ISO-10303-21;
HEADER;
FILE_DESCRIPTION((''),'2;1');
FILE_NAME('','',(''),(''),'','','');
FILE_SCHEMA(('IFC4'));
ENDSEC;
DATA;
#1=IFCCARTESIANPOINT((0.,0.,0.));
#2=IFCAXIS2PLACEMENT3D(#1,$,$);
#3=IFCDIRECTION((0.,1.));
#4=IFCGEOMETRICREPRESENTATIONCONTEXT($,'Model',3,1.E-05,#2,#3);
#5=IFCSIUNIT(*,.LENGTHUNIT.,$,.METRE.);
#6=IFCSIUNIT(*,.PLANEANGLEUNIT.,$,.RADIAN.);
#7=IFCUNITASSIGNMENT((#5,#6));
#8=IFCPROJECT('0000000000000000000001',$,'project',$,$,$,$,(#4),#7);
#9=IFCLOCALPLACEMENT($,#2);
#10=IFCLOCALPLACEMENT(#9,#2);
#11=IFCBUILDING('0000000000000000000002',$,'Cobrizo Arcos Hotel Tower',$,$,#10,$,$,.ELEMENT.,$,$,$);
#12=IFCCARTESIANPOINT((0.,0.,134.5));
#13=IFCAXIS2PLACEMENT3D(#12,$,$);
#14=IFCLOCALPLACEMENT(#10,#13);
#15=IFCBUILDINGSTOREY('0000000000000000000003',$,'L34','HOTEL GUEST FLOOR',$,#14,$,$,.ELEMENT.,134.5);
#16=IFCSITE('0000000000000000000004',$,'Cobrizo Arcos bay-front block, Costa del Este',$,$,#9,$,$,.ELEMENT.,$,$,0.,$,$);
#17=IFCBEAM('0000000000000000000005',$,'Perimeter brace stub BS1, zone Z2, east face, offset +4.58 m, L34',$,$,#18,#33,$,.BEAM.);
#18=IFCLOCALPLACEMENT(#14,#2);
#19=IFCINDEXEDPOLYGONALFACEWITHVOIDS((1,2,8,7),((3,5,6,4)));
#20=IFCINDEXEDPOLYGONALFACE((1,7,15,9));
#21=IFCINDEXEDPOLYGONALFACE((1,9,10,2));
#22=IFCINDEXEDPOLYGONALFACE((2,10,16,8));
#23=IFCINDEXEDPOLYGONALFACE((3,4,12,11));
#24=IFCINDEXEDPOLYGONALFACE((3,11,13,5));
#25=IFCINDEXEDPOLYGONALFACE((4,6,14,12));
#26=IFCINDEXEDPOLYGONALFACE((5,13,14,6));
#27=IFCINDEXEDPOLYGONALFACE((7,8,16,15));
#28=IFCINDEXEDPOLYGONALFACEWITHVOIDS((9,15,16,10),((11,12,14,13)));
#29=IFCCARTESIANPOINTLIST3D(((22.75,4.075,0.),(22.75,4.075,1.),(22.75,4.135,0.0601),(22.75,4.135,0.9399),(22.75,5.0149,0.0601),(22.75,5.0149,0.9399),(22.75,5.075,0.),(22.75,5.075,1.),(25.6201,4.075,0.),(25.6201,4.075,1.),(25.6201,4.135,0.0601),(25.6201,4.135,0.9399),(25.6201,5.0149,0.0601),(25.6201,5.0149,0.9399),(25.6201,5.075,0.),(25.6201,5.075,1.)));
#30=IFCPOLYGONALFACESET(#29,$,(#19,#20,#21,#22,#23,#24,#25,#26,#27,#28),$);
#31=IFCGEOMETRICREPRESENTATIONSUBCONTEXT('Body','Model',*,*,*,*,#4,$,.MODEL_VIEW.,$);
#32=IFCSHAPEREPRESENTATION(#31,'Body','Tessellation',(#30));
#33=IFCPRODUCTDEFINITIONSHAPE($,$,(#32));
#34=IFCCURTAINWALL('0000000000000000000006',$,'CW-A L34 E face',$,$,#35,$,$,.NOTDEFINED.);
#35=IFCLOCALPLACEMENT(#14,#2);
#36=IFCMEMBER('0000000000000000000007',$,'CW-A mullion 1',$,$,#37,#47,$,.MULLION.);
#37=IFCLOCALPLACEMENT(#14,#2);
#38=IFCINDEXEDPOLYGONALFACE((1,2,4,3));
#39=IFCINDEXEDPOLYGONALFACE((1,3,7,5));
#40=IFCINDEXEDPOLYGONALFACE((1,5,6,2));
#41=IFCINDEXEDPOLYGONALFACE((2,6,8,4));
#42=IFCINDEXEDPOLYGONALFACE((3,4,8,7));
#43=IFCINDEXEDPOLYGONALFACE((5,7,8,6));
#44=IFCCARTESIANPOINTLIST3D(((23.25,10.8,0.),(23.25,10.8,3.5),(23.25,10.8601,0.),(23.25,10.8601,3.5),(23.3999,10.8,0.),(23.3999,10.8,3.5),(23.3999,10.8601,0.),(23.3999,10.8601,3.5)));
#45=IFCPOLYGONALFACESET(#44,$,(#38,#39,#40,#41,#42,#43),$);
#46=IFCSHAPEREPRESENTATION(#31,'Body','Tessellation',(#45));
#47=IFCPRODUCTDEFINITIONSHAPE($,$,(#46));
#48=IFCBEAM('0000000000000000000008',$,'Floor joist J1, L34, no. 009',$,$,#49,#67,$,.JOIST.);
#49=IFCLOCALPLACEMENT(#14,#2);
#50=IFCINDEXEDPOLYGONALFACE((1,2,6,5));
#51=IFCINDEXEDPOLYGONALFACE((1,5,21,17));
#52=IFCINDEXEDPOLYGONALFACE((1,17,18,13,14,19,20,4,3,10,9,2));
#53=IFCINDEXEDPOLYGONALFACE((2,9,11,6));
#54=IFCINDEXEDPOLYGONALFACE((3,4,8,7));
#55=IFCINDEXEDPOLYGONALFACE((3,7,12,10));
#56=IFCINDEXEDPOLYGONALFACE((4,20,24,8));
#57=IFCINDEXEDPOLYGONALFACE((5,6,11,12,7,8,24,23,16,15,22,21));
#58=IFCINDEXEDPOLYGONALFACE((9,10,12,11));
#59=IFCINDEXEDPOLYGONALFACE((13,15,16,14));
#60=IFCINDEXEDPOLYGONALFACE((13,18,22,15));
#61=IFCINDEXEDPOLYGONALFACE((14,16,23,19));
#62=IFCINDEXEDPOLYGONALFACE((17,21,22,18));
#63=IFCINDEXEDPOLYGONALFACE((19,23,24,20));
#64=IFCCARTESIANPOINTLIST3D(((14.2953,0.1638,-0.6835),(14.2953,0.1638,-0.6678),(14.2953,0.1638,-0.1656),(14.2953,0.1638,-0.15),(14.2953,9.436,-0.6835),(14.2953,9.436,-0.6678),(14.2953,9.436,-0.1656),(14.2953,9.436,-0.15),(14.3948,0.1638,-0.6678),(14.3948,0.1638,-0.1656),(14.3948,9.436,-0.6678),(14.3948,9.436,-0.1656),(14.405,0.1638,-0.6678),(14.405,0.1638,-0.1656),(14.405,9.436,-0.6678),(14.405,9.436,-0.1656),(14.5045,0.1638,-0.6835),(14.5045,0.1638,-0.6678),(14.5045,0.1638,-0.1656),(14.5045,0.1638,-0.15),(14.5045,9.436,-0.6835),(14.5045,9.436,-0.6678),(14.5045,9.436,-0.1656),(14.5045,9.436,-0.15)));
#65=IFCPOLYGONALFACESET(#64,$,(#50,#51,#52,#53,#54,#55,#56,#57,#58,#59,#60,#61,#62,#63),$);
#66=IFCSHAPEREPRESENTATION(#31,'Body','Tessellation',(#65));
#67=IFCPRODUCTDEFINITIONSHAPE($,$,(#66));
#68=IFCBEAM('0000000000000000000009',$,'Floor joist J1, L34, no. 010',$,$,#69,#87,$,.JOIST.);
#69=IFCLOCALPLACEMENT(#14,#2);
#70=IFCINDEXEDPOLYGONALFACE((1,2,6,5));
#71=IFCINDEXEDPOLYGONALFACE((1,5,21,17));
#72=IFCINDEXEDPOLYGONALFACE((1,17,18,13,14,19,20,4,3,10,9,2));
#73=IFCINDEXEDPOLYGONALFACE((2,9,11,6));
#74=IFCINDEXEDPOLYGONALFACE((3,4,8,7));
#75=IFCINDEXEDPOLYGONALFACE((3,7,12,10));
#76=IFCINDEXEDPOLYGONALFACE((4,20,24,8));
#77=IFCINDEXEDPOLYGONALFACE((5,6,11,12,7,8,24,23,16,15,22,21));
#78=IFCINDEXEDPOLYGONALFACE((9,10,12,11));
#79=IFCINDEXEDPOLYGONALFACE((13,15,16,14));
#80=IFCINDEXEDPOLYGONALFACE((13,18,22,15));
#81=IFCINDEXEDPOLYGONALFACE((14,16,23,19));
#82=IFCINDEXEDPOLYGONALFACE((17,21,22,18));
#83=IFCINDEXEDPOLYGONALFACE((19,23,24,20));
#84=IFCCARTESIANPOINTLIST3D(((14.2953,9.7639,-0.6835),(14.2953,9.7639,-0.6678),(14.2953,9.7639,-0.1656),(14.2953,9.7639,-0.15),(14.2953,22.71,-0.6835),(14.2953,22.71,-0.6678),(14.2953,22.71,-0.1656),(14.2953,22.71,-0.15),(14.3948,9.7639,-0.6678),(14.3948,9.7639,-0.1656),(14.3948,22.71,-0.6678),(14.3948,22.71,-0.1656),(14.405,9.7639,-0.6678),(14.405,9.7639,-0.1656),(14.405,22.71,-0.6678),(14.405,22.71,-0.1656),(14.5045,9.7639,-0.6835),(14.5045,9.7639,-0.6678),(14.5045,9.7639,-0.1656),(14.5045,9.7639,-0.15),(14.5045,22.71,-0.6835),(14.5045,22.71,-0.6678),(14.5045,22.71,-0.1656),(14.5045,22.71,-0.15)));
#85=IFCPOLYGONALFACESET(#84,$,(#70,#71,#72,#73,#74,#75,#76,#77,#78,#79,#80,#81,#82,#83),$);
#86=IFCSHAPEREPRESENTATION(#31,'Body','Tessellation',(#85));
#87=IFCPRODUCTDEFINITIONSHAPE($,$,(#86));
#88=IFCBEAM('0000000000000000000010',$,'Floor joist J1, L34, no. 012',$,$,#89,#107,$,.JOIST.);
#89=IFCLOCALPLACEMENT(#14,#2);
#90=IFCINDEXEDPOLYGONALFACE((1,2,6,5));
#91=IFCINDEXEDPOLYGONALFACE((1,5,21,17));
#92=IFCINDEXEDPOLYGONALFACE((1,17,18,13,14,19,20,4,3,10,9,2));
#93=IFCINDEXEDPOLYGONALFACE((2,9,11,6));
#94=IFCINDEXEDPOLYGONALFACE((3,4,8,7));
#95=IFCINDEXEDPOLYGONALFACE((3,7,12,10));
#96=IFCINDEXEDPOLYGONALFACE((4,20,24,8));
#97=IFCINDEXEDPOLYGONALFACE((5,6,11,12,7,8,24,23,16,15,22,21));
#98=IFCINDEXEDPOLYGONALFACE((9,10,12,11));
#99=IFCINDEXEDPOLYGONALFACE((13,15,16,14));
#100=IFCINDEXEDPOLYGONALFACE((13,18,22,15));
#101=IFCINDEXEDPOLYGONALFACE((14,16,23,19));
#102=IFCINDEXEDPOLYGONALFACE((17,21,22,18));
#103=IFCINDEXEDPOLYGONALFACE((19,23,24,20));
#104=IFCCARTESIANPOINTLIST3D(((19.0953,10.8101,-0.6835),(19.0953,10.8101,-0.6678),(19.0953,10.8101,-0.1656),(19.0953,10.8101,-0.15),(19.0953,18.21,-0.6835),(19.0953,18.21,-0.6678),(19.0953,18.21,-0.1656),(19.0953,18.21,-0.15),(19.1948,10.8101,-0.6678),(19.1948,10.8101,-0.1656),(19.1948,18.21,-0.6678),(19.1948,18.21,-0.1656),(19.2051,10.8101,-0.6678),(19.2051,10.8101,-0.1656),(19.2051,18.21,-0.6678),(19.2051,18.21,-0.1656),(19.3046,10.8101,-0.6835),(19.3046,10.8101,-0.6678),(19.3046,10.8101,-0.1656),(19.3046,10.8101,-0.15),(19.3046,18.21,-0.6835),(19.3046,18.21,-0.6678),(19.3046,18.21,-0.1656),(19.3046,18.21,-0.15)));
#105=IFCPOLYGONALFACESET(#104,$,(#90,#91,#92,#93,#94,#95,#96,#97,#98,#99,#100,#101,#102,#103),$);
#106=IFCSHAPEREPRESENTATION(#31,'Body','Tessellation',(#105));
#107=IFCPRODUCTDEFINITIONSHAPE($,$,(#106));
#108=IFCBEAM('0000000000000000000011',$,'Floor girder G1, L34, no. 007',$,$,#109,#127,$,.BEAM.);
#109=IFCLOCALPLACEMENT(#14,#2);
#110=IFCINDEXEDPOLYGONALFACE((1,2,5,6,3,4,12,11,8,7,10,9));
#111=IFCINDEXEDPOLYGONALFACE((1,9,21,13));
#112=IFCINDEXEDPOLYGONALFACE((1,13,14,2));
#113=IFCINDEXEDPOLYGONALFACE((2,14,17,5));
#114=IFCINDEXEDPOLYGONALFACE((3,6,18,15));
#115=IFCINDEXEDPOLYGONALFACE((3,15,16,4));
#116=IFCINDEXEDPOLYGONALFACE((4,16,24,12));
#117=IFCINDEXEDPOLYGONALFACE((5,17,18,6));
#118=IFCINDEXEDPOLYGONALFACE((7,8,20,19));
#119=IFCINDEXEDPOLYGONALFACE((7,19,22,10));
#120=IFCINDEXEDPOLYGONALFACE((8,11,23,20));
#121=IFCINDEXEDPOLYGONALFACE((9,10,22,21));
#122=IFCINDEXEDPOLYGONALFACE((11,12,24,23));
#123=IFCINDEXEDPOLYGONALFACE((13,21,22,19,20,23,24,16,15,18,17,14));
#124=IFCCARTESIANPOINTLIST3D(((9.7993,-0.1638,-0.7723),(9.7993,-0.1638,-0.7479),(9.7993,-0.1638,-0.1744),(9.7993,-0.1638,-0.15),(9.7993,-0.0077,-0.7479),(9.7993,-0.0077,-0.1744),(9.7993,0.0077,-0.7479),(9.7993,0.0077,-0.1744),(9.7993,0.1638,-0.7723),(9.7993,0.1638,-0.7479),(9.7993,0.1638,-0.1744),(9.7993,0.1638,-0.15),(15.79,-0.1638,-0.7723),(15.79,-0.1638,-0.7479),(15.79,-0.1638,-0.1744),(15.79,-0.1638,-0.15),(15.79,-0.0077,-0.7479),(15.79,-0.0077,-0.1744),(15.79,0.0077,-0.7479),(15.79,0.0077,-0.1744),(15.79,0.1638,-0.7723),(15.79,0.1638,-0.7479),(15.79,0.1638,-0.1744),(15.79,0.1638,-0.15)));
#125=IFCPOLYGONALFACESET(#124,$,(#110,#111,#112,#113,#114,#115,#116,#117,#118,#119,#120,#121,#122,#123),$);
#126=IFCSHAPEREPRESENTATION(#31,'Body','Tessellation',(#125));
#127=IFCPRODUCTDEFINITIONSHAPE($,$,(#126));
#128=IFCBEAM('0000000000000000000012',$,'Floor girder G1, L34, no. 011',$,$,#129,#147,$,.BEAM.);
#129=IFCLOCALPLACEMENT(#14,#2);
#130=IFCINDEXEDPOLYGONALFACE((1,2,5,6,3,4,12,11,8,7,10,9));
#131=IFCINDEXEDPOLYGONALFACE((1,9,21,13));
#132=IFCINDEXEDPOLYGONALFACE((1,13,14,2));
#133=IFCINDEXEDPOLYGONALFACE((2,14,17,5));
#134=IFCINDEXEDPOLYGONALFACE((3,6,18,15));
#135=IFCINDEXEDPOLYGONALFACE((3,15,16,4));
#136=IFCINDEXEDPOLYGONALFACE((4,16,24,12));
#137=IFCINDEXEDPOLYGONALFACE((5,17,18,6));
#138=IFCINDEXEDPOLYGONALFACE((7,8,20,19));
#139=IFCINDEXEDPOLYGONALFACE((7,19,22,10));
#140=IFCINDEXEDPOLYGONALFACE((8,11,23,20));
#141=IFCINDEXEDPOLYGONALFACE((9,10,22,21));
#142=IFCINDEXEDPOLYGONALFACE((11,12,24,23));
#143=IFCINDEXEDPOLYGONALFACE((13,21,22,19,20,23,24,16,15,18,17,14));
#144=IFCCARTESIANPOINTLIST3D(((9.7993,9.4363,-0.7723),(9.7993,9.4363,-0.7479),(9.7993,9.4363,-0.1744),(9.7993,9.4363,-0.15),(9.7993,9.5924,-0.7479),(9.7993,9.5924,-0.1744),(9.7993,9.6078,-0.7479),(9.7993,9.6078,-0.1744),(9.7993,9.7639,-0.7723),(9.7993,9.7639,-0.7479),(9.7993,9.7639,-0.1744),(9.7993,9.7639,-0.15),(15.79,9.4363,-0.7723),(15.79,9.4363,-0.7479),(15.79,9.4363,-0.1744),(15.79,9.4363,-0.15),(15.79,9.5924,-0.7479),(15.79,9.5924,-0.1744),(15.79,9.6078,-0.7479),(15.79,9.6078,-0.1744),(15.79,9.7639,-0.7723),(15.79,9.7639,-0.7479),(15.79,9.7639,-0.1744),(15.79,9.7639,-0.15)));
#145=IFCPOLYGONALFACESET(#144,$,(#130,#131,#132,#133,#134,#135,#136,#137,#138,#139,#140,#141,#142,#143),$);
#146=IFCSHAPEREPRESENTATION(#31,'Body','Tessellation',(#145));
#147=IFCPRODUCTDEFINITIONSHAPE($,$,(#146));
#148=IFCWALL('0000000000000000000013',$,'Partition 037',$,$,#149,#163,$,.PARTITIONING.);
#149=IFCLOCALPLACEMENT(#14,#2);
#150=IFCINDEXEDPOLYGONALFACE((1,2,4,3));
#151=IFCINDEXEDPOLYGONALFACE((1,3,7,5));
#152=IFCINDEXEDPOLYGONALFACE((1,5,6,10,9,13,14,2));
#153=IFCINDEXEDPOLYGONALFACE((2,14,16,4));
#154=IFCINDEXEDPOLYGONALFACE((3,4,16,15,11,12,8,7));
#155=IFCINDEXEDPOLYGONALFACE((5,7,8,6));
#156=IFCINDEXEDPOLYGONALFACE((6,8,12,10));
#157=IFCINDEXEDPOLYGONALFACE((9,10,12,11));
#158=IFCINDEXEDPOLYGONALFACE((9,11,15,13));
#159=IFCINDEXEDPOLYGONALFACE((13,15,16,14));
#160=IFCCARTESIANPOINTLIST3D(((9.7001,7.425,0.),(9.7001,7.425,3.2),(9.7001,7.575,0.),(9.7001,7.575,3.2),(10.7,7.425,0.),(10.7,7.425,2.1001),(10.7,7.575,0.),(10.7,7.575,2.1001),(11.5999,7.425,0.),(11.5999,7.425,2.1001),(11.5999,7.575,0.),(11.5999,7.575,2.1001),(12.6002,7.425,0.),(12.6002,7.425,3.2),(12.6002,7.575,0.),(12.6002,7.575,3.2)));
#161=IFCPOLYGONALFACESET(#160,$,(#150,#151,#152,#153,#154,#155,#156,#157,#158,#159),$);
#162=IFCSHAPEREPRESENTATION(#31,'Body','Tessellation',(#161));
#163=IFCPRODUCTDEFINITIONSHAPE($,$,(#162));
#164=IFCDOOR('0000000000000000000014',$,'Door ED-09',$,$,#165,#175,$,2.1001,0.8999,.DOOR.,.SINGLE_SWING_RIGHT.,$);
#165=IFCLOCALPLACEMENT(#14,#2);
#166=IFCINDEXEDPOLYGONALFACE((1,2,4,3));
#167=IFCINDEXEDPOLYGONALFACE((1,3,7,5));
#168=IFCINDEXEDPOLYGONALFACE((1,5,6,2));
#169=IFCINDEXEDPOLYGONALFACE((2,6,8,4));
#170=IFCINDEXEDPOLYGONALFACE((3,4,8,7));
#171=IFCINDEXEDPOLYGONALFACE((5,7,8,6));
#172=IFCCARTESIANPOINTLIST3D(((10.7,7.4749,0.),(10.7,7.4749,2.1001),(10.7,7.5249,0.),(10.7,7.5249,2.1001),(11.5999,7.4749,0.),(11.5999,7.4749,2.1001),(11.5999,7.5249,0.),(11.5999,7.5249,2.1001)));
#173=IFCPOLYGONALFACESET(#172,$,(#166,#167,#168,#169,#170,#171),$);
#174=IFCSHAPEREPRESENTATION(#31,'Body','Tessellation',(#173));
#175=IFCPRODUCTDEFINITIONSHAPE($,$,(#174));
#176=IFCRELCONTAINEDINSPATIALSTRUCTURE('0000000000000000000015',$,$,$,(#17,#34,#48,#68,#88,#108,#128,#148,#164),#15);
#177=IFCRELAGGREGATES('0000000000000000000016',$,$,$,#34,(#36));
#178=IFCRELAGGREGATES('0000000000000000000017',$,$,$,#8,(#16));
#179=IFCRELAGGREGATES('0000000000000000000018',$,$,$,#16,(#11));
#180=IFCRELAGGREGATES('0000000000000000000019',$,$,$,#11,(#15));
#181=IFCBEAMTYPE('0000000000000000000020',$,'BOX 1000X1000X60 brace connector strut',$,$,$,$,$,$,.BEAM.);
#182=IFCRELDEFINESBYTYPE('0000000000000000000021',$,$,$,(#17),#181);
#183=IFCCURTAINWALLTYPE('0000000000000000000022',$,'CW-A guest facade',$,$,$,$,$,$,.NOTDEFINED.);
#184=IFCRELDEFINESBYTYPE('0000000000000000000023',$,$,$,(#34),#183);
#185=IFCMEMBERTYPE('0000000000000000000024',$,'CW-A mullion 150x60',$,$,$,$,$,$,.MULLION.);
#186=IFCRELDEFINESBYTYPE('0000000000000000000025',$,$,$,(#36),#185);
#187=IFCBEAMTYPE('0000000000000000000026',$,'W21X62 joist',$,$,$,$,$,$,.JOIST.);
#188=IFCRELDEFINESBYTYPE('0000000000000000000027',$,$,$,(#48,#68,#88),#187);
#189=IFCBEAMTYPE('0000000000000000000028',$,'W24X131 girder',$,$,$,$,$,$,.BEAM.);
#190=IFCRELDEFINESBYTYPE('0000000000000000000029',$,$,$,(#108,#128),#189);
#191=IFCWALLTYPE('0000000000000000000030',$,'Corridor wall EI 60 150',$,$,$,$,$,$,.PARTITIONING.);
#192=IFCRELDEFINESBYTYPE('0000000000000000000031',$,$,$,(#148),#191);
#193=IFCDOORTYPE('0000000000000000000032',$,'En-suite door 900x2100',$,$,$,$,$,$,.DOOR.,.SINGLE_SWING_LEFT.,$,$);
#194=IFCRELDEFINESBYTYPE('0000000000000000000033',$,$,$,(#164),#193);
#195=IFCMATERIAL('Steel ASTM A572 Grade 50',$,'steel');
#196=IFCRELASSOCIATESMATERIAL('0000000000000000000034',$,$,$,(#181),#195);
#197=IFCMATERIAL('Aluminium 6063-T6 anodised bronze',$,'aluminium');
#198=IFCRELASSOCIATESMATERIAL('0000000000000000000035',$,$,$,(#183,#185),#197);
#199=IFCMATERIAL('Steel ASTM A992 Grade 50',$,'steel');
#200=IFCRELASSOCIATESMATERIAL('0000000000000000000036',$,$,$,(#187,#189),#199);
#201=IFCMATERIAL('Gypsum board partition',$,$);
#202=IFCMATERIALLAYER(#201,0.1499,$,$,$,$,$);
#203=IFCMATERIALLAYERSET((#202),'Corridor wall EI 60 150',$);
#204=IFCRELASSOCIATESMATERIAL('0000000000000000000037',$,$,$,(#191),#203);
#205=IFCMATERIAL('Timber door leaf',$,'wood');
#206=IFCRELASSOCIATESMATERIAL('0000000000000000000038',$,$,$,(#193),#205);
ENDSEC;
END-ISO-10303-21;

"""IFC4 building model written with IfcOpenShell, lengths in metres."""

from ifc_helpers import new_model, si_unit, direction, frame, frame_2d, origin, origin_2d, place, context, subcontext, project, spatial, rectangle, hollow_rectangle, i_section, extrude, material, layer, layer_set, material_profile, profile_set, type_object, element, fill, aggregate, save


model = new_model("IFC4")

# Units and contexts
model_context = context("Model", 3, precision=1e-05, world=origin(), true_north=direction((0.0, 1.0)))
body_context = subcontext(model_context, "Body", "Model", "MODEL_VIEW")
ifc_project = project(units=[si_unit("LENGTHUNIT", "METRE"), si_unit("PLANEANGLEUNIT", "RADIAN")], contexts=[model_context])

# Site, building, storey
site_placement = place(None, origin())
site = spatial("IfcSite", under=ifc_project, at=site_placement, Name="Cobrizo Arcos bay-front block, Costa del Este", CompositionType="ELEMENT", RefElevation=0.0)
building_placement = place(site_placement, origin())
building = spatial("IfcBuilding", under=site, at=building_placement, Name="Cobrizo Arcos Hotel Tower", CompositionType="ELEMENT")
storey_placement = place(building_placement, frame((0.0, 0.0, 134.5)))
storey = spatial("IfcBuildingStorey", under=building, at=storey_placement, Name="L34", Description="HOTEL GUEST FLOOR", CompositionType="ELEMENT", Elevation=134.5)

# Beam
ifc_material_1 = material(Name="Steel ASTM A572 Grade 50", Category="steel")
ifc_material_profile_1 = material_profile(ifc_material_1, hollow_rectangle(XDim=1.0, YDim=1.0, WallThickness=0.0601, at=origin_2d()), Name="BOX 1000X1000X60")
ifc_profile_set_1 = profile_set([ifc_material_profile_1], Name="Steel ASTM A572 Grade 50")
beam_type_1 = type_object("IfcBeamType", Name="BOX 1000X1000X60 brace connector strut", PredefinedType="BEAM", material=ifc_profile_set_1)
beam_1_placement = place(storey_placement, frame((22.75, 4.575, 0.5), z_axis=(1.0, 0.0, 0.0), x_axis=(0.0, 1.0, 0.0)))
element("IfcBeam", 1, at=beam_1_placement, inside=storey, type_object=beam_type_1, Name="Perimeter brace stub BS1, zone Z2, east face, offset +4.58 m, L34", PredefinedType="BEAM", context=body_context, shape_type="SweptSolid", body=[
    extrude(hollow_rectangle(XDim=1.0, YDim=1.0, WallThickness=0.0601, at=origin_2d()), origin(), (0.0, 0.0, 1.0), 2.8701),
])

# Curtain wall, member
ifc_material_2 = material(Name="Aluminium 6063-T6 anodised bronze", Category="aluminium")
curtain_wall_type = type_object("IfcCurtainWallType", Name="CW-A guest facade", PredefinedType="NOTDEFINED", material=ifc_material_2)
curtain_wall_placement = place(storey_placement, origin())
curtain_wall = element("IfcCurtainWall", 2, at=curtain_wall_placement, inside=storey, type_object=curtain_wall_type, Name="CW-A L34 E face", PredefinedType="NOTDEFINED")
ifc_material_profile_2 = material_profile(ifc_material_2, rectangle(XDim=0.1499, YDim=0.0601, at=origin_2d()), Name="CW-A mullion 150x60")
ifc_profile_set_2 = profile_set([ifc_material_profile_2], Name="Aluminium 6063-T6 anodised bronze")
member_type = type_object("IfcMemberType", Name="CW-A mullion 150x60", PredefinedType="MULLION", material=ifc_profile_set_2)
member_placement = place(storey_placement, frame((23.325, 10.8301, 0.0), z_axis=(0.0, 0.0, 1.0), x_axis=(1.0, 0.0, 0.0)))
member = element("IfcMember", 3, at=member_placement, type_object=member_type, Name="CW-A mullion 1", PredefinedType="MULLION", context=body_context, shape_type="SweptSolid", body=[
    extrude(rectangle(XDim=0.1499, YDim=0.0601, at=origin_2d()), origin(), (0.0, 0.0, 1.0), 3.5),
])
aggregate(curtain_wall, [member])

# Beams
ifc_material_3 = material(Name="Steel ASTM A992 Grade 50", Category="steel")
ifc_material_profile_3 = material_profile(ifc_material_3, i_section(OverallWidth=0.2092, OverallDepth=0.5334, WebThickness=0.0103, FlangeThickness=0.0156, at=origin_2d()), Name="W21X62")
ifc_profile_set_3 = profile_set([ifc_material_profile_3], Name="Steel ASTM A992 Grade 50")
beam_type_2 = type_object("IfcBeamType", Name="W21X62 joist", PredefinedType="JOIST", material=ifc_profile_set_3)
beam_2_placement = place(storey_placement, frame((14.3999, 0.1638, -0.4167), z_axis=(0.0, 1.0, 0.0), x_axis=(-1.0, 0.0, 0.0)))
element("IfcBeam", 4, at=beam_2_placement, inside=storey, type_object=beam_type_2, Name="Floor joist J1, L34, no. 009", PredefinedType="JOIST", context=body_context, shape_type="SweptSolid", body=[
    extrude(i_section(OverallWidth=0.2092, OverallDepth=0.5334, WebThickness=0.0103, FlangeThickness=0.0156, at=origin_2d()), origin(), (0.0, 0.0, 1.0), 9.2722),
])
beam_3_placement = place(storey_placement, frame((14.3999, 9.7639, -0.4167), z_axis=(0.0, 1.0, 0.0), x_axis=(-1.0, 0.0, 0.0)))
element("IfcBeam", 5, at=beam_3_placement, inside=storey, type_object=beam_type_2, Name="Floor joist J1, L34, no. 010", PredefinedType="JOIST", context=body_context, shape_type="SweptSolid", body=[
    extrude(i_section(OverallWidth=0.2092, OverallDepth=0.5334, WebThickness=0.0103, FlangeThickness=0.0156, at=origin_2d()), origin(), (0.0, 0.0, 1.0), 12.946),
])
beam_4_placement = place(storey_placement, frame((19.2, 10.8101, -0.4167), z_axis=(0.0, 1.0, 0.0), x_axis=(-1.0, 0.0, 0.0)))
element("IfcBeam", 6, at=beam_4_placement, inside=storey, type_object=beam_type_2, Name="Floor joist J1, L34, no. 012", PredefinedType="JOIST", context=body_context, shape_type="SweptSolid", body=[
    extrude(i_section(OverallWidth=0.2092, OverallDepth=0.5334, WebThickness=0.0103, FlangeThickness=0.0156, at=origin_2d()), origin(), (0.0, 0.0, 1.0), 7.3999),
])
ifc_material_profile_4 = material_profile(ifc_material_3, i_section(OverallWidth=0.3276, OverallDepth=0.6223, WebThickness=0.0154, FlangeThickness=0.0244, at=origin_2d()), Name="W24X131")
ifc_profile_set_4 = profile_set([ifc_material_profile_4], Name="Steel ASTM A992 Grade 50")
beam_type_3 = type_object("IfcBeamType", Name="W24X131 girder", PredefinedType="BEAM", material=ifc_profile_set_4)
for number, where, z_axis, x_axis, name in (
    (7, (9.7993, 0.0, -0.4612), (1.0, 0.0, 0.0), (0.0, 1.0, 0.0), "Floor girder G1, L34, no. 007"),
    (8, (9.7993, 9.6001, -0.4612), (1.0, 0.0, 0.0), (0.0, 1.0, 0.0), "Floor girder G1, L34, no. 011"),
):
    element("IfcBeam", number, at=place(storey_placement, frame(where, z_axis=z_axis, x_axis=x_axis)), inside=storey, type_object=beam_type_3, Name=name, PredefinedType="BEAM", context=body_context, shape_type="SweptSolid", body=[
        extrude(i_section(OverallWidth=0.3276, OverallDepth=0.6223, WebThickness=0.0154, FlangeThickness=0.0244, at=origin_2d()), origin(), (0.0, 0.0, 1.0), 5.9907),
    ])

# Wall, opening, door
ifc_material_4 = material(Name="Gypsum board partition")
ifc_layer_1 = layer(ifc_material_4, 0.1499)
ifc_layer_set_1 = layer_set([ifc_layer_1], Name="Corridor wall EI 60 150")
wall_type_1 = type_object("IfcWallType", Name="Corridor wall EI 60 150", PredefinedType="PARTITIONING", material=ifc_layer_set_1)
wall_1_placement = place(storey_placement, frame((9.7, 7.5, 0.0), z_axis=(0.0, 0.0, 1.0), x_axis=(1.0, 0.0, 0.0)))
wall_1 = element("IfcWall", 9, at=wall_1_placement, inside=storey, type_object=wall_type_1, Name="Partition 037", PredefinedType="PARTITIONING", context=body_context, shape_type="SweptSolid", body=[
    extrude(rectangle(XDim=2.9001, YDim=0.1499, at=frame_2d((1.4502, 0.0))), origin(), (0.0, 0.0, 1.0), 3.2),
])
opening_1_placement = place(wall_1_placement, frame((1.0, 0.0, 0.0)))
opening_1 = element("IfcOpeningElement", 10, at=opening_1_placement, cuts=wall_1, PredefinedType="OPENING", context=body_context, shape_type="SweptSolid", body=[
    extrude(rectangle(XDim=0.8999, YDim=2.1001, at=frame_2d((0.45, 1.05))), frame((0.0, 0.0869, 0.0), z_axis=(0.0, -1.0, 0.0), x_axis=(1.0, 0.0, 0.0)), (0.0, 0.0, 1.0), 0.1738),
])
ifc_material_5 = material(Name="Timber door leaf", Category="wood")
door_type_1 = type_object("IfcDoorType", Name="En-suite door 900x2100", OperationType="SINGLE_SWING_LEFT", PredefinedType="DOOR", material=ifc_material_5)
door_1_placement = place(opening_1_placement, origin())
door_1 = element("IfcDoor", 11, at=door_1_placement, inside=storey, type_object=door_type_1, Name="Door ED-09", OperationType="SINGLE_SWING_RIGHT", OverallHeight=2.1001, OverallWidth=0.8999, PredefinedType="DOOR", context=body_context, shape_type="SweptSolid", body=[
    extrude(rectangle(XDim=0.8999, YDim=2.1001, at=frame_2d((0.45, 1.05))), frame((0.0, 0.0249, 0.0), z_axis=(0.0, -1.0, 0.0), x_axis=(1.0, 0.0, 0.0)), (0.0, 0.0, 1.0), 0.05),
])
fill(opening_1, door_1)

save(model, "model.ifc")
